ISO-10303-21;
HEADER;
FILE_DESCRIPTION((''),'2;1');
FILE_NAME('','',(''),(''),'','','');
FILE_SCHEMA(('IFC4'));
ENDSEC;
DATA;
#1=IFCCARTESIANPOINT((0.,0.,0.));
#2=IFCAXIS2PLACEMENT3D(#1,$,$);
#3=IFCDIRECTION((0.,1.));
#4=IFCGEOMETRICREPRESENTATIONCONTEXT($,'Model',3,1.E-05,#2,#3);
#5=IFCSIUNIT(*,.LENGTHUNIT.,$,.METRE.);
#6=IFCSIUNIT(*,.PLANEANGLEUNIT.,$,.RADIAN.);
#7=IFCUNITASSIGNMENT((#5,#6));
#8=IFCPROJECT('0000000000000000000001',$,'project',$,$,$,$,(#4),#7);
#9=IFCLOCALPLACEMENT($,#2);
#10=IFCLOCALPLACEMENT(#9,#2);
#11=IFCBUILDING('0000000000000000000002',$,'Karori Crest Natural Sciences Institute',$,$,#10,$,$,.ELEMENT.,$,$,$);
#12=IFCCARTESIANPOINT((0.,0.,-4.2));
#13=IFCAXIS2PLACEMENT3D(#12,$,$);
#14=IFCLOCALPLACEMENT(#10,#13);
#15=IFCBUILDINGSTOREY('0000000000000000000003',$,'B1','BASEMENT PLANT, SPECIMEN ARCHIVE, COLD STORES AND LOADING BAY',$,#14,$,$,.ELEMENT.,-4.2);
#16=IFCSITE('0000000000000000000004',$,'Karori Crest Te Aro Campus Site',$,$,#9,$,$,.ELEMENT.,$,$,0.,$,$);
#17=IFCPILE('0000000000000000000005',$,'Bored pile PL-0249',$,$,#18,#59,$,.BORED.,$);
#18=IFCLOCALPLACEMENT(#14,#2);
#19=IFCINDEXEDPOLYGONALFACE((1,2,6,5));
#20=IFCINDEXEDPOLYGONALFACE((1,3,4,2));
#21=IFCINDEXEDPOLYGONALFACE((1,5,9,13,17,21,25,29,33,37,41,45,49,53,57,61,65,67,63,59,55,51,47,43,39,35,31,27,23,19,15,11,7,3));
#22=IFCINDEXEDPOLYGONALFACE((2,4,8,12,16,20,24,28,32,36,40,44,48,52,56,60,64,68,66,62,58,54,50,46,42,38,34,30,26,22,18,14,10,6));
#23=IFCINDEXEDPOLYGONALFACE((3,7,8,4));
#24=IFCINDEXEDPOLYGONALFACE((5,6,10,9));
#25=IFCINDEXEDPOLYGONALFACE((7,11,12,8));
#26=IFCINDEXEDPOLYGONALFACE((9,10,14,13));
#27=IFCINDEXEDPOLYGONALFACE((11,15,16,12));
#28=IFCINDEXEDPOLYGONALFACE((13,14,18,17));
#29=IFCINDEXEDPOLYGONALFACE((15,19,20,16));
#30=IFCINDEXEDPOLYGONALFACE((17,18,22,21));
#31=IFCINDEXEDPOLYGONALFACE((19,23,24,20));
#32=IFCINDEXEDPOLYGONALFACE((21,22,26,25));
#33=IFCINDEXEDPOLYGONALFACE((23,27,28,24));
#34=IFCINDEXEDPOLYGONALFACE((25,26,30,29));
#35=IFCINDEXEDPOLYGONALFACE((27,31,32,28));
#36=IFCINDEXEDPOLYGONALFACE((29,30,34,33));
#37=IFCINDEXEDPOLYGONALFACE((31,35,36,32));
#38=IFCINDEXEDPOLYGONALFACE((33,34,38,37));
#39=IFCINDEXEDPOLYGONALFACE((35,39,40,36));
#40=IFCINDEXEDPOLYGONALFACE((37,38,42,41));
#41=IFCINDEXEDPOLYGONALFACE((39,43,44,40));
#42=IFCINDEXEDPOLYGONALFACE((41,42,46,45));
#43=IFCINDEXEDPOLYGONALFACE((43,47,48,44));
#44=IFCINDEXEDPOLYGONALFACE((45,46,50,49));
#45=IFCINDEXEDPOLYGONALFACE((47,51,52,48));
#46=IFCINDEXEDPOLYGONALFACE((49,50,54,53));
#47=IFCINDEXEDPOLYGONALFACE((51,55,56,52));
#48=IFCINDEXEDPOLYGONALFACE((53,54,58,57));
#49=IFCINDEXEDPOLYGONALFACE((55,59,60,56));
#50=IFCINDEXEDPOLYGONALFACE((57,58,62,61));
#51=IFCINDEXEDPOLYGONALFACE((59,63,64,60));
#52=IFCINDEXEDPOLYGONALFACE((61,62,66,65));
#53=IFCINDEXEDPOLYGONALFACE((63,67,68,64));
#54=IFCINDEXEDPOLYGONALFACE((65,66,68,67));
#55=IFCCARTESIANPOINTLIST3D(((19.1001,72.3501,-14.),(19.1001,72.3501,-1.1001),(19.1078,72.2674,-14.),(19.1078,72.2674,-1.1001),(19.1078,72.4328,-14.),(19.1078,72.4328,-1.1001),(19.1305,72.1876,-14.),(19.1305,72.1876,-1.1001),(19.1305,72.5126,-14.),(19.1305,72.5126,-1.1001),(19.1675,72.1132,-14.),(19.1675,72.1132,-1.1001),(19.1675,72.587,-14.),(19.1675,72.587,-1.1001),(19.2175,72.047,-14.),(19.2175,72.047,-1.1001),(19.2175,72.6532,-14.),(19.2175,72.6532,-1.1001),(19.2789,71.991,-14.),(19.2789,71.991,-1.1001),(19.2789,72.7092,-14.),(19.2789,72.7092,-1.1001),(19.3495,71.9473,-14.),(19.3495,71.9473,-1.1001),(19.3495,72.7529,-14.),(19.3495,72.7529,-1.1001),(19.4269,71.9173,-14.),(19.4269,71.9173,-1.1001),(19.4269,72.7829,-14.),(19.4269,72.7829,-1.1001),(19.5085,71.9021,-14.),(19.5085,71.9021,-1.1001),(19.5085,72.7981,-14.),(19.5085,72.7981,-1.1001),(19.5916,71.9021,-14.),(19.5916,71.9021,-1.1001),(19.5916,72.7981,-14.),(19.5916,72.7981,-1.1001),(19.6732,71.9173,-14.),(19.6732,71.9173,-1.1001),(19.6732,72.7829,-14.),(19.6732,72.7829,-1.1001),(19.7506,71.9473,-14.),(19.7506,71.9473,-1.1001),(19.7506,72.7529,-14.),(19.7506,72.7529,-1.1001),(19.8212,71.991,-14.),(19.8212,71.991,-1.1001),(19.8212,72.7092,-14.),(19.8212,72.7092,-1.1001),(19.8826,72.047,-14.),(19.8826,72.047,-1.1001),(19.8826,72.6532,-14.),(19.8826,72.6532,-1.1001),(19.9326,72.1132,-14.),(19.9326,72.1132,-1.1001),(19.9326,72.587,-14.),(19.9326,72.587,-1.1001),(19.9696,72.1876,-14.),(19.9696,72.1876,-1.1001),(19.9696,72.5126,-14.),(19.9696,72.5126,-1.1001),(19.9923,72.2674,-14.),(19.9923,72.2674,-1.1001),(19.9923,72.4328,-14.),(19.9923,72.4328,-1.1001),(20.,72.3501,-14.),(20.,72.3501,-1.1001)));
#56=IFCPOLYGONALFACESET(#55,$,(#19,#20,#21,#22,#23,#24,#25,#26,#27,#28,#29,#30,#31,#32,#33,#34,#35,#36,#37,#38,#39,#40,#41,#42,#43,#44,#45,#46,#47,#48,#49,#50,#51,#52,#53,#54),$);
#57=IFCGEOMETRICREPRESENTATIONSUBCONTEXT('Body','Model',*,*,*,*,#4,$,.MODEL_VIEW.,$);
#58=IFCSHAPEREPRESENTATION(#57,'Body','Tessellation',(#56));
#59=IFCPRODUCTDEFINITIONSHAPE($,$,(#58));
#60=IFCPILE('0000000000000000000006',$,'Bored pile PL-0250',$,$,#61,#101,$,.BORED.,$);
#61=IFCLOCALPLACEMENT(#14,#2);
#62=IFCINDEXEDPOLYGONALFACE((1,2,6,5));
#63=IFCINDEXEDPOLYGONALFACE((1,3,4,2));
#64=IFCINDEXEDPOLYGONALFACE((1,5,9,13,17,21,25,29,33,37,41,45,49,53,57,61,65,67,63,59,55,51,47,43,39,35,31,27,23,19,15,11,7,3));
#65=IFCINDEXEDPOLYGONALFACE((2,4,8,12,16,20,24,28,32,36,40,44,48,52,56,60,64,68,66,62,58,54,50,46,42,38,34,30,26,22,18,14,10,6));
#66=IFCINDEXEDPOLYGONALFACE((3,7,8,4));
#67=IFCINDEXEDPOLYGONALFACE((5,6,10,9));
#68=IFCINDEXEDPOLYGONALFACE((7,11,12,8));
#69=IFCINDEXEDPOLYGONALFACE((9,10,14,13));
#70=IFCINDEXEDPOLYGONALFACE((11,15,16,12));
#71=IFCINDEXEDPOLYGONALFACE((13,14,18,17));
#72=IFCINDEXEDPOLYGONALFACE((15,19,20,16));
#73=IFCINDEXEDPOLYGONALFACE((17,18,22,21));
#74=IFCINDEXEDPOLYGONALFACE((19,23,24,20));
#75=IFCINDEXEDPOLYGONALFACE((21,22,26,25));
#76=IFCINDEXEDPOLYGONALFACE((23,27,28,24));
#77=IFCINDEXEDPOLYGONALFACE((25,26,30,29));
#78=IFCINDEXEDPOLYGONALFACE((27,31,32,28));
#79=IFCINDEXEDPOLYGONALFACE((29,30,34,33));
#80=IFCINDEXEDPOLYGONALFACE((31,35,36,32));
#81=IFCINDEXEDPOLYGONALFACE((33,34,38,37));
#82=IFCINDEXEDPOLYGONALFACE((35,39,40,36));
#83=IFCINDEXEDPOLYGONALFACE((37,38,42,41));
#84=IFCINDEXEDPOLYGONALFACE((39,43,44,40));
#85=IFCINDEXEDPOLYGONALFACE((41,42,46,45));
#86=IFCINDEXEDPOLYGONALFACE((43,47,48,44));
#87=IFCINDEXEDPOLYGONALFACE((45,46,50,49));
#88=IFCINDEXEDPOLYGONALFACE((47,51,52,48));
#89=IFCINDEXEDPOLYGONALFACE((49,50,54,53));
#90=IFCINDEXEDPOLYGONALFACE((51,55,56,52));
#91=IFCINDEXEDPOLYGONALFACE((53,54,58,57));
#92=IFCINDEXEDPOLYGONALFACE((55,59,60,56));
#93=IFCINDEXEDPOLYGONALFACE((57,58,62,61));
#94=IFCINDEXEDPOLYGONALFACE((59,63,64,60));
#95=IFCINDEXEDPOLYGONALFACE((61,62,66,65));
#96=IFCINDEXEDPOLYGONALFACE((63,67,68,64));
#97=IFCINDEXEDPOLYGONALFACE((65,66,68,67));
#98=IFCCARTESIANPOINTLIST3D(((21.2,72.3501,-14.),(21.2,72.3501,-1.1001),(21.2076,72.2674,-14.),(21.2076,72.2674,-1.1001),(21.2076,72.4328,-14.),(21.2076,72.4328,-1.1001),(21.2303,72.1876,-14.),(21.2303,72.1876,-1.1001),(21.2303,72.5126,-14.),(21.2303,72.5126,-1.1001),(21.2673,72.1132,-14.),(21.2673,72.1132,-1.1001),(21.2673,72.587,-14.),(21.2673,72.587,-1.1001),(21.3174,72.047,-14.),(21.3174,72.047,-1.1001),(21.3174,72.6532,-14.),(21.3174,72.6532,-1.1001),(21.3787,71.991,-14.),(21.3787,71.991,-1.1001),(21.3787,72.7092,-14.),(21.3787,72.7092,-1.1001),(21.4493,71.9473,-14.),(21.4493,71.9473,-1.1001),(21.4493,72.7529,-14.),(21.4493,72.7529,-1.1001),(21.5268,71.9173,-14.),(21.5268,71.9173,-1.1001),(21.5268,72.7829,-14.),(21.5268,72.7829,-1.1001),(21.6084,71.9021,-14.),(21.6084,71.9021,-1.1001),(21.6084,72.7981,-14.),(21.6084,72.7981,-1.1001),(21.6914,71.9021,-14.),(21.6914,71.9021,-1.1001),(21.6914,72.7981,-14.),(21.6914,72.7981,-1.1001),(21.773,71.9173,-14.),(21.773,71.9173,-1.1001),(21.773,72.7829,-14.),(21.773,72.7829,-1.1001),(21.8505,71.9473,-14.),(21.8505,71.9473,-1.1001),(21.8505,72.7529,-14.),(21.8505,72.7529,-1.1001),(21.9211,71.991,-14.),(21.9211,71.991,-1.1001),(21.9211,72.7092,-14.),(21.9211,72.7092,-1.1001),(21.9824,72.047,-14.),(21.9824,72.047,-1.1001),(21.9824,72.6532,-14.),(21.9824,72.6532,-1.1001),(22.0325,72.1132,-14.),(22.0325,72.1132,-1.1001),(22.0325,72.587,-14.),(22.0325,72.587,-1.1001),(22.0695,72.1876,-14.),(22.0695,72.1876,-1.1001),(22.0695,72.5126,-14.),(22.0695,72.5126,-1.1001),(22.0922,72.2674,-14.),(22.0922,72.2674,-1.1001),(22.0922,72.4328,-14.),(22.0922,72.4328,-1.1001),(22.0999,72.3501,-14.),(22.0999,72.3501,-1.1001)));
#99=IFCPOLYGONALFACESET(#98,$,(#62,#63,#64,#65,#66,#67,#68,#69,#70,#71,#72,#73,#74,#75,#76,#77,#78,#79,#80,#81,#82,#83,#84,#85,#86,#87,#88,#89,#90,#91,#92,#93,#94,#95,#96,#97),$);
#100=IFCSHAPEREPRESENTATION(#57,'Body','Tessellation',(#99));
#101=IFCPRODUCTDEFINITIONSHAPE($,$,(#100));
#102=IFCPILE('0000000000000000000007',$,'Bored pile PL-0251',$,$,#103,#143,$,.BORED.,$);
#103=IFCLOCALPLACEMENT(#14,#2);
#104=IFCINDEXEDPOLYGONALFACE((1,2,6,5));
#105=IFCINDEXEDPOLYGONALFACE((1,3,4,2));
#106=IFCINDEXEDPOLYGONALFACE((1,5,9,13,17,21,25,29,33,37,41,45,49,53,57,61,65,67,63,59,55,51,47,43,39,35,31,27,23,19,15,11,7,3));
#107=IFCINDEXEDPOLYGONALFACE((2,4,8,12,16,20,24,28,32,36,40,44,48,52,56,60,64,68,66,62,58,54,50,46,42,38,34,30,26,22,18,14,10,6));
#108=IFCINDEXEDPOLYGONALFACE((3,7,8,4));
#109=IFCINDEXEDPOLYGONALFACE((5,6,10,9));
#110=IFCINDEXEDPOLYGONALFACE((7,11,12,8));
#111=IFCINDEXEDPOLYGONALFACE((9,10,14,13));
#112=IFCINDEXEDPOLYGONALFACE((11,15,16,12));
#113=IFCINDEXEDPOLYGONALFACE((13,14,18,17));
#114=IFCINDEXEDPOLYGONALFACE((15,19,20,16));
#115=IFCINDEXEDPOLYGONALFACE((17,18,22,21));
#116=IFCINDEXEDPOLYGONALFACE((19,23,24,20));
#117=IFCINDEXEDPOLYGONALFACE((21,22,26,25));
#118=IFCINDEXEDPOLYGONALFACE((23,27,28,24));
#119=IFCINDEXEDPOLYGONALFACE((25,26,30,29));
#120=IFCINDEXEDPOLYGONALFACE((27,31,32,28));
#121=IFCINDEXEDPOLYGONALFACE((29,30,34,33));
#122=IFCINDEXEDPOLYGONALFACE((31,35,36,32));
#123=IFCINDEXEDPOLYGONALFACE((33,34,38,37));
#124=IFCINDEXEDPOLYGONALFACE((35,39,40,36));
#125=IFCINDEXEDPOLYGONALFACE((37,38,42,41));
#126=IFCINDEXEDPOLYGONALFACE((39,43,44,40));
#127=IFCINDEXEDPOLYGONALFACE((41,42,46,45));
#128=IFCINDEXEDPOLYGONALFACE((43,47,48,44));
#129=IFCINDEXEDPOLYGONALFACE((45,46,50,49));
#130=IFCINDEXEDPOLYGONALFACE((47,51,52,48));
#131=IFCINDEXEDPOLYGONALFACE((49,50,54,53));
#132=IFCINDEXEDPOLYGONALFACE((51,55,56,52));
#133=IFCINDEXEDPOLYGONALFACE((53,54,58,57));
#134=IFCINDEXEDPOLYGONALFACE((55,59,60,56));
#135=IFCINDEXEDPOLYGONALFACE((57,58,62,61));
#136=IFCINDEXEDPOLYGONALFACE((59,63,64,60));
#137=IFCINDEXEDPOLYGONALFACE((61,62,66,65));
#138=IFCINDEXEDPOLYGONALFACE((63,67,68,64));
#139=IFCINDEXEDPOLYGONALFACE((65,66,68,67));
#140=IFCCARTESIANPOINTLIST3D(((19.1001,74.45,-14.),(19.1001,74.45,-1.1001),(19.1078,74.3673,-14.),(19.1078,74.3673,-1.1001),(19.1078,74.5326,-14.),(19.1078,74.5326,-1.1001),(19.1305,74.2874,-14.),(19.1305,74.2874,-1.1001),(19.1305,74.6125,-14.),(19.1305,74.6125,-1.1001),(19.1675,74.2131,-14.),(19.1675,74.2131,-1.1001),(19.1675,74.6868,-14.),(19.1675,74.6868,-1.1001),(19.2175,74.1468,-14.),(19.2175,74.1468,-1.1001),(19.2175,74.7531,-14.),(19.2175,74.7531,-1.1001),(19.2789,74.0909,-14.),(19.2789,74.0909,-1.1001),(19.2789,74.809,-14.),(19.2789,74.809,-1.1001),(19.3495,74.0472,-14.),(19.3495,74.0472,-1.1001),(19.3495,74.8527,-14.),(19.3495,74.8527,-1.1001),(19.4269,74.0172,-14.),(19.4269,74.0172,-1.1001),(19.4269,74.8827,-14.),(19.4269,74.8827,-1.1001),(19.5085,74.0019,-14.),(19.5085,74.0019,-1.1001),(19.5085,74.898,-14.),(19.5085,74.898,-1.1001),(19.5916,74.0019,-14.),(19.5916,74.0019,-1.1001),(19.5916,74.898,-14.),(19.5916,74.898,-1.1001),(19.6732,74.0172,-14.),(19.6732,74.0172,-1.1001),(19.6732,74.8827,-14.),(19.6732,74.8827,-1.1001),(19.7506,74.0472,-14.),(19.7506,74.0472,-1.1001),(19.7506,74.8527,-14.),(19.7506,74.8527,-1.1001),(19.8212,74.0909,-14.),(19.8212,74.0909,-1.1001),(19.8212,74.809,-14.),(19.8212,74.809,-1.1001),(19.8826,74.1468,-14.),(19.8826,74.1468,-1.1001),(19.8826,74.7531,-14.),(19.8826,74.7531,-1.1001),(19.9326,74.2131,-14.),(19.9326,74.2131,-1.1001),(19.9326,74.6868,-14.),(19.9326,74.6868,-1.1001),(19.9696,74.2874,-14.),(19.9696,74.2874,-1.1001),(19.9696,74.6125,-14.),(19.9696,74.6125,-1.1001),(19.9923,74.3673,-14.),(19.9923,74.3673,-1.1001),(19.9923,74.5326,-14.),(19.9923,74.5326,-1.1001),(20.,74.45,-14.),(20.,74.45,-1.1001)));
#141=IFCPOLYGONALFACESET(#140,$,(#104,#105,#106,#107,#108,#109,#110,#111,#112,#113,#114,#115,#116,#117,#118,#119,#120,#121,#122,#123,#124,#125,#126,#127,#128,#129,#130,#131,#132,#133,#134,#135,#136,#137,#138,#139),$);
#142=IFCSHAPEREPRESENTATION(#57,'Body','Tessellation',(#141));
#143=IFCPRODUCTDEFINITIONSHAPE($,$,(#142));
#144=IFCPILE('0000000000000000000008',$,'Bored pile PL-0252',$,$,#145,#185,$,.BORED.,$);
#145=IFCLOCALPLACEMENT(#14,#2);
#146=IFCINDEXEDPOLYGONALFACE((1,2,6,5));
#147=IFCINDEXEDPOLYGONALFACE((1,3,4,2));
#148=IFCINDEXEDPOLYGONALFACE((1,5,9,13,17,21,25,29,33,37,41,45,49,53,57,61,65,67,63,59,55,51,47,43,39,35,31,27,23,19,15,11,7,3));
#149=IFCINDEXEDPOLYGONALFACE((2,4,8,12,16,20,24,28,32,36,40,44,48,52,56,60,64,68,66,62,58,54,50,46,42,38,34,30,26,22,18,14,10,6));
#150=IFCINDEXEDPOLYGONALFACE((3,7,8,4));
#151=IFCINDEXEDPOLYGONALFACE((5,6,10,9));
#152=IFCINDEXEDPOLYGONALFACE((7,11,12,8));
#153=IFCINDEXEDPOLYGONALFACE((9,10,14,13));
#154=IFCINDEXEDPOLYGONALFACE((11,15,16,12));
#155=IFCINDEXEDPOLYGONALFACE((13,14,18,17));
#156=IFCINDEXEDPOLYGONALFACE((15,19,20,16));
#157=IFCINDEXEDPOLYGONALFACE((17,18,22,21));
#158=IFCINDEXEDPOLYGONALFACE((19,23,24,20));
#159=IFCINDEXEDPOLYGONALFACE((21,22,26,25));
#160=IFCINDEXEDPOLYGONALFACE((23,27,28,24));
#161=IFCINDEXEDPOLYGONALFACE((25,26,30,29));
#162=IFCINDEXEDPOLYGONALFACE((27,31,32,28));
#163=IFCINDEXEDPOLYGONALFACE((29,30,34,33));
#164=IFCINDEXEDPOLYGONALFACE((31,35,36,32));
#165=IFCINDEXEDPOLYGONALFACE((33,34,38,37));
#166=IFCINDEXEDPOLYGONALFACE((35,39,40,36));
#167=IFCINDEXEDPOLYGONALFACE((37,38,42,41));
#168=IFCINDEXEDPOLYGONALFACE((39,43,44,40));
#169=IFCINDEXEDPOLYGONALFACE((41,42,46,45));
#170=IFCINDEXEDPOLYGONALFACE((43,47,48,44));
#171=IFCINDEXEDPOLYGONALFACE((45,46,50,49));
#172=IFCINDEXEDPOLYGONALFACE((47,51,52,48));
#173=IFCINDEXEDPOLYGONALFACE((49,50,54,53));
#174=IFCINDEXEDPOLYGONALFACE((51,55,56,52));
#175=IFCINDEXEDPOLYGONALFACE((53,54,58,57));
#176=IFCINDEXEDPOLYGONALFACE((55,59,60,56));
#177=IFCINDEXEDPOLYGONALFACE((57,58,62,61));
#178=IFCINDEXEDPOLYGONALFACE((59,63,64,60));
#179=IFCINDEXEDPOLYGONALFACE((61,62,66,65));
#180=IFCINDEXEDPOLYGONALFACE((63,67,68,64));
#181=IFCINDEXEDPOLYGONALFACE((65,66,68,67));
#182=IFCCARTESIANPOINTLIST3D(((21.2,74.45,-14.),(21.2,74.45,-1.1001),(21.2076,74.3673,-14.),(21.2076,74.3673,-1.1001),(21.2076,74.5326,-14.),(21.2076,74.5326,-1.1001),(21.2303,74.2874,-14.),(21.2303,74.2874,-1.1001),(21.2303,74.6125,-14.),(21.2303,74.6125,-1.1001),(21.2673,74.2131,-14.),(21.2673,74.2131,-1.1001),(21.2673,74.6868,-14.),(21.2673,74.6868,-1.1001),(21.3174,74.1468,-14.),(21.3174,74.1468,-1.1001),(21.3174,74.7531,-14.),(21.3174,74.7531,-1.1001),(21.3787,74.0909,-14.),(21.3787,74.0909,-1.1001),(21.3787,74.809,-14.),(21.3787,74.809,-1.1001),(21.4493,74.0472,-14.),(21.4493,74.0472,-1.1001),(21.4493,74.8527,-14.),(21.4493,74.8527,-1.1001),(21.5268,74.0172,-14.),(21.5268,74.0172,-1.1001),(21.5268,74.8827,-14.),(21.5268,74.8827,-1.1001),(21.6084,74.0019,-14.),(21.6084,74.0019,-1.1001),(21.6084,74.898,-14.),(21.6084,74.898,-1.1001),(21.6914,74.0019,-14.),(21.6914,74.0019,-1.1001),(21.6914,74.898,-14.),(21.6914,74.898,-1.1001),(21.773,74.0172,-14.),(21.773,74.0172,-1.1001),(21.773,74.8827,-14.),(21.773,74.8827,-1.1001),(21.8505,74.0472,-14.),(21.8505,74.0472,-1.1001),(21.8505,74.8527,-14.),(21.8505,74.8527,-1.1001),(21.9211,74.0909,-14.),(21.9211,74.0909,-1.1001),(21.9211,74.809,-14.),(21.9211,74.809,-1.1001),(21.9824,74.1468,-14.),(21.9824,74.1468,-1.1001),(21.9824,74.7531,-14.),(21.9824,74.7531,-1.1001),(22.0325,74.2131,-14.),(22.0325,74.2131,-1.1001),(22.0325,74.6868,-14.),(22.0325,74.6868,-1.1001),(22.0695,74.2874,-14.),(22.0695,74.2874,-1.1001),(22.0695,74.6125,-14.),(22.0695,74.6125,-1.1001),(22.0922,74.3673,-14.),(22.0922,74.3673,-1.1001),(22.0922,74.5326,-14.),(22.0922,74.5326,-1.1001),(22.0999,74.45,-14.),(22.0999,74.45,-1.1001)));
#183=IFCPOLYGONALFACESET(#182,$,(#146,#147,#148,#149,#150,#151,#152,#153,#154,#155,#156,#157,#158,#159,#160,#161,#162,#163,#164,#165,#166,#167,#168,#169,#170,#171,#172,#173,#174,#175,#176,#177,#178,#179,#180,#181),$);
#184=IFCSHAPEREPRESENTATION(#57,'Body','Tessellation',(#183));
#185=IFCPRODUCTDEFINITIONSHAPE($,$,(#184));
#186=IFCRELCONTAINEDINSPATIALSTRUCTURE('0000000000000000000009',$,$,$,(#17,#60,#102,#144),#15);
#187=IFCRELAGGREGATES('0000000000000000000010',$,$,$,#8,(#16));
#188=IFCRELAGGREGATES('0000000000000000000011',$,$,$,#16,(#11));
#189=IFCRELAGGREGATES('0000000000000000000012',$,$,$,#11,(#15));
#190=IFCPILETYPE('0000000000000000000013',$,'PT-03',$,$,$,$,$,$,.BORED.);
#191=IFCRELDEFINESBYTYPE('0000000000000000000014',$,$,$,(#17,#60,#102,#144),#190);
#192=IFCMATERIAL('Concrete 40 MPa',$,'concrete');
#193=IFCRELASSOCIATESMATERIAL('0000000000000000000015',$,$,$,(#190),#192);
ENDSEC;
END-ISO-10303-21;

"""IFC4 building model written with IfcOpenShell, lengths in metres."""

from ifc_helpers import new_model, si_unit, direction, frame, origin, origin_2d, place, context, subcontext, project, spatial, circle, extrude, material, material_profile, profile_set, type_object, element, save


model = new_model("IFC4")

# Units and contexts
model_context = context("Model", 3, precision=1e-05, world=origin(), true_north=direction((0.0, 1.0)))
body_context = subcontext(model_context, "Body", "Model", "MODEL_VIEW")
ifc_project = project(units=[si_unit("LENGTHUNIT", "METRE"), si_unit("PLANEANGLEUNIT", "RADIAN")], contexts=[model_context])

# Site, building, storey
site_placement = place(None, origin())
site = spatial("IfcSite", under=ifc_project, at=site_placement, Name="Karori Crest Te Aro Campus Site", CompositionType="ELEMENT", RefElevation=0.0)
building_placement = place(site_placement, origin())
building = spatial("IfcBuilding", under=site, at=building_placement, Name="Karori Crest Natural Sciences Institute", CompositionType="ELEMENT")
storey_placement = place(building_placement, frame((0.0, 0.0, -4.2)))
storey = spatial("IfcBuildingStorey", under=building, at=storey_placement, Name="B1", Description="BASEMENT PLANT, SPECIMEN ARCHIVE, COLD STORES AND LOADING BAY", CompositionType="ELEMENT", Elevation=-4.2)

# Shared definitions
ifc_material_1 = material(Name="Concrete 40 MPa", Category="concrete")

# Piles
ifc_material_profile_1 = material_profile(ifc_material_1, circle(Radius=0.45, at=origin_2d()), Name="PILE900")
ifc_profile_set_1 = profile_set([ifc_material_profile_1], Name="Concrete 40 MPa")
pile_type_1 = type_object("IfcPileType", Name="PT-03", PredefinedType="BORED", material=ifc_profile_set_1)
for number, where, z_axis, x_axis, name in (
    (1, (19.55, 72.3501, -1.1001), (0.0, 0.0, -1.0), (1.0, 0.0, 0.0), "Bored pile PL-0249"),
    (2, (21.6499, 72.3501, -1.1001), (0.0, 0.0, -1.0), (1.0, 0.0, 0.0), "Bored pile PL-0250"),
    (3, (19.55, 74.45, -1.1001), (0.0, 0.0, -1.0), (1.0, 0.0, 0.0), "Bored pile PL-0251"),
    (4, (21.6499, 74.45, -1.1001), (0.0, 0.0, -1.0), (1.0, 0.0, 0.0), "Bored pile PL-0252"),
):
    element("IfcPile", number, at=place(storey_placement, frame(where, z_axis=z_axis, x_axis=x_axis)), inside=storey, type_object=pile_type_1, Name=name, PredefinedType="BORED", context=body_context, shape_type="SweptSolid", body=[
        extrude(circle(Radius=0.45, at=origin_2d()), origin(), (0.0, 0.0, 1.0), 12.8999),
    ])

save(model, "model.ifc")
